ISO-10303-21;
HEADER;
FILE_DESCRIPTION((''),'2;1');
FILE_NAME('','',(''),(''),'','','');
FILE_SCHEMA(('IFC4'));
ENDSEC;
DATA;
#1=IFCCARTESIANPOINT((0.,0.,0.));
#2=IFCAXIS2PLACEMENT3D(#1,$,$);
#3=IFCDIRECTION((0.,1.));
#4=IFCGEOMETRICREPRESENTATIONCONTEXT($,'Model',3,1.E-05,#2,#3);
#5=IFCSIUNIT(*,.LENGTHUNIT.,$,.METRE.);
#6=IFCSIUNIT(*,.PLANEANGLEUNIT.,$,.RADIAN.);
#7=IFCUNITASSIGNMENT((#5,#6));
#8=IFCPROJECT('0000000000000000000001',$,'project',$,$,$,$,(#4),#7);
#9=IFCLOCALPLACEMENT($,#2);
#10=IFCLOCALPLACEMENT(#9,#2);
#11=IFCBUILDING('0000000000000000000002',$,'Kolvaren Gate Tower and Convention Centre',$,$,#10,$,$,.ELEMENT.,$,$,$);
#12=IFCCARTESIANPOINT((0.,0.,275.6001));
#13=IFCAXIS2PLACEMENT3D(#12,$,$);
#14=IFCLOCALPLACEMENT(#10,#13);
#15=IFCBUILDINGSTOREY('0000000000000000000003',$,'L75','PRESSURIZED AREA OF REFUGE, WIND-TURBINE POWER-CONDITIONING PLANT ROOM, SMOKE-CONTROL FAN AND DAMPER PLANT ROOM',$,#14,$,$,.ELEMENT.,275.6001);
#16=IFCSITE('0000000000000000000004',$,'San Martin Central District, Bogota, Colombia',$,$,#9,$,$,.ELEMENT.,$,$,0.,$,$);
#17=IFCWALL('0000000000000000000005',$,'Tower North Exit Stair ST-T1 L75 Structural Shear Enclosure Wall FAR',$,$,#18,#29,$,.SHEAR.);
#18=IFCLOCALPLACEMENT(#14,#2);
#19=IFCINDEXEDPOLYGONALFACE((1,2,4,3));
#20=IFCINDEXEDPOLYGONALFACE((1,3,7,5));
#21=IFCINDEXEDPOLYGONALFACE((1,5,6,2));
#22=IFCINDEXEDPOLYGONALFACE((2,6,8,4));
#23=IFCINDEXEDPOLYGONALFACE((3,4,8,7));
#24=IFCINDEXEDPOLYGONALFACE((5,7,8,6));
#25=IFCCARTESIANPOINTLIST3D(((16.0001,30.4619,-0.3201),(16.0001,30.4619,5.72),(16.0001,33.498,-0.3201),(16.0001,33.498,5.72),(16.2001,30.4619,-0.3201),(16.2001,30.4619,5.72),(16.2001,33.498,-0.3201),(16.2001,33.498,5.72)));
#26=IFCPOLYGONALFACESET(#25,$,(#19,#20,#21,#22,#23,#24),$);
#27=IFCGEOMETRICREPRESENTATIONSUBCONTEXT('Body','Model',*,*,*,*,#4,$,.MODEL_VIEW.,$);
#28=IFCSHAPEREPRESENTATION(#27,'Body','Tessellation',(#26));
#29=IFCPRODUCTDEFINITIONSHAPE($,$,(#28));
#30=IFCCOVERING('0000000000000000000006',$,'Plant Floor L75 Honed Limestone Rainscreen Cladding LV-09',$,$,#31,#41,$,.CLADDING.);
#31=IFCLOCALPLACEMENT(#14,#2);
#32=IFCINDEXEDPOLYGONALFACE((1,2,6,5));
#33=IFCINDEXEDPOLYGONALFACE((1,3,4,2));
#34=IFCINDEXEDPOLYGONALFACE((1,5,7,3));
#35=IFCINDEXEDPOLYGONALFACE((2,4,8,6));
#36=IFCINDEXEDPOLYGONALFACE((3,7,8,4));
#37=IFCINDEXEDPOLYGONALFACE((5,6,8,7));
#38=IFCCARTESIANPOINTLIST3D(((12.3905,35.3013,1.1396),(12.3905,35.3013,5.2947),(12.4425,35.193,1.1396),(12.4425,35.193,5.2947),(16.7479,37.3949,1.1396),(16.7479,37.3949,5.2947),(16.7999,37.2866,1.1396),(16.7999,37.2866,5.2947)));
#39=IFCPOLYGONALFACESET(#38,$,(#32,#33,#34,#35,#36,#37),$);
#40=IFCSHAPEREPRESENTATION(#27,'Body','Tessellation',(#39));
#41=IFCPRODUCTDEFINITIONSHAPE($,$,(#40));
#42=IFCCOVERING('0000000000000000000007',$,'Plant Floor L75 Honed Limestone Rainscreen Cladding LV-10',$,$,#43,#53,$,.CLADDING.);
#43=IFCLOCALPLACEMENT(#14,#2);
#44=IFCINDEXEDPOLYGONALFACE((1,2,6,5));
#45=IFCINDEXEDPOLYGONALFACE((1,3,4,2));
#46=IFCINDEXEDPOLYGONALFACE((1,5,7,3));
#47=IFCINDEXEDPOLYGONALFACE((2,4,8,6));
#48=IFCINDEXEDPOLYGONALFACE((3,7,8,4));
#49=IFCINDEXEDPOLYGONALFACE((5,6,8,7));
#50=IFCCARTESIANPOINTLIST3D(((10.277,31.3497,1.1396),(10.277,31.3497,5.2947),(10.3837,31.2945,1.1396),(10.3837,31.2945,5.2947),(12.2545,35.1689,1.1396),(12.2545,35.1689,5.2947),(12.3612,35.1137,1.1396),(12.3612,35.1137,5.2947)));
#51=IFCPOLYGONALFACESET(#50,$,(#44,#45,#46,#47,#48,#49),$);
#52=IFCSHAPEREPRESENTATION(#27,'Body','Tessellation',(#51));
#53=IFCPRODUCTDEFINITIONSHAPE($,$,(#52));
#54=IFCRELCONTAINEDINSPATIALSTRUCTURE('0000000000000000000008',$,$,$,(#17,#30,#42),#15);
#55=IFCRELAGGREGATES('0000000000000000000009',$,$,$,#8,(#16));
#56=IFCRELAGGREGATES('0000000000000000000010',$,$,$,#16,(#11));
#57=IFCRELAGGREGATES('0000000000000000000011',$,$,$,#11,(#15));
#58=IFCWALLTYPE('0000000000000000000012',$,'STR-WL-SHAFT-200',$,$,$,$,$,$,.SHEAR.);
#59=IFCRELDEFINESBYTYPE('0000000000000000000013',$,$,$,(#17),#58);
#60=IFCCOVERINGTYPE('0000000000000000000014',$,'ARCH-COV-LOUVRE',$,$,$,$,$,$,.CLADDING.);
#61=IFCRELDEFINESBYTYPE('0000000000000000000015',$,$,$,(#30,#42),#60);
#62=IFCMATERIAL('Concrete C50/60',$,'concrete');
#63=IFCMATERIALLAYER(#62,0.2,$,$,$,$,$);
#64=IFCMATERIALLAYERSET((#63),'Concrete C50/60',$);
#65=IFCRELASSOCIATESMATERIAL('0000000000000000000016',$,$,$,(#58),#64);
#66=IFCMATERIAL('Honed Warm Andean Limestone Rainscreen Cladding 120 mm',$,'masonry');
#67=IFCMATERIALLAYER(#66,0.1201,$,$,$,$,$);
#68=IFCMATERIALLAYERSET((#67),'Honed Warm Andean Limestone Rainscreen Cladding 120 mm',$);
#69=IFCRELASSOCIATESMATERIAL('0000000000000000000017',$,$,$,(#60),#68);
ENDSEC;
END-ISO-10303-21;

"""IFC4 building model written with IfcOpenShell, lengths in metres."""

from ifc_helpers import new_model, si_unit, direction, frame, frame_2d, origin, origin_2d, place, context, subcontext, project, spatial, rectangle, extrude, material, layer, layer_set, type_object, element, save


model = new_model("IFC4")

# Units and contexts
model_context = context("Model", 3, precision=1e-05, world=origin(), true_north=direction((0.0, 1.0)))
body_context = subcontext(model_context, "Body", "Model", "MODEL_VIEW")
ifc_project = project(units=[si_unit("LENGTHUNIT", "METRE"), si_unit("PLANEANGLEUNIT", "RADIAN")], contexts=[model_context])

# Site, building, storey
site_placement = place(None, origin())
site = spatial("IfcSite", under=ifc_project, at=site_placement, Name="San Martin Central District, Bogota, Colombia", CompositionType="ELEMENT", RefElevation=0.0)
building_placement = place(site_placement, origin())
building = spatial("IfcBuilding", under=site, at=building_placement, Name="Kolvaren Gate Tower and Convention Centre", CompositionType="ELEMENT")
storey_placement = place(building_placement, frame((0.0, 0.0, 275.6001)))
storey = spatial("IfcBuildingStorey", under=building, at=storey_placement, Name="L75", Description="PRESSURIZED AREA OF REFUGE, WIND-TURBINE POWER-CONDITIONING PLANT ROOM, SMOKE-CONTROL FAN AND DAMPER PLANT ROOM", CompositionType="ELEMENT", Elevation=275.6001)

# Wall
ifc_material_1 = material(Name="Concrete C50/60", Category="concrete")
ifc_layer_1 = layer(ifc_material_1, 0.2)
ifc_layer_set_1 = layer_set([ifc_layer_1], Name="Concrete C50/60")
wall_type_1 = type_object("IfcWallType", Name="STR-WL-SHAFT-200", PredefinedType="SHEAR", material=ifc_layer_set_1)
wall_1_placement = place(storey_placement, frame((16.1001, 30.4619, -0.3201), z_axis=(0.0, 0.0, 1.0), x_axis=(0.0, 1.0, 0.0)))
element("IfcWall", 1, at=wall_1_placement, inside=storey, type_object=wall_type_1, Name="Tower North Exit Stair ST-T1 L75 Structural Shear Enclosure Wall FAR", PredefinedType="SHEAR", context=body_context, shape_type="SweptSolid", body=[
    extrude(rectangle(XDim=3.0361, YDim=0.2, at=frame_2d((1.5181, 0.0))), origin(), (0.0, 0.0, 1.0), 6.04),
])

# Coverings
ifc_material_2 = material(Name="Honed Warm Andean Limestone Rainscreen Cladding 120 mm", Category="masonry")
ifc_layer_2 = layer(ifc_material_2, 0.1201)
ifc_layer_set_2 = layer_set([ifc_layer_2], Name="Honed Warm Andean Limestone Rainscreen Cladding 120 mm")
covering_type = type_object("IfcCoveringType", Name="ARCH-COV-LOUVRE", PredefinedType="CLADDING", material=ifc_layer_set_2)
covering_1_placement = place(storey_placement, frame((14.5952, 36.2939, 1.1396), z_axis=(0.0, 0.0, 1.0), x_axis=(0.901356, 0.433079, 0.0)))
element("IfcCovering", 2, at=covering_1_placement, inside=storey, type_object=covering_type, Name="Plant Floor L75 Honed Limestone Rainscreen Cladding LV-09", PredefinedType="CLADDING", context=body_context, shape_type="SweptSolid", body=[
    extrude(rectangle(XDim=4.8342, YDim=0.1201, at=origin_2d()), origin(), (0.0, 0.0, 1.0), 4.155),
])
covering_2_placement = place(storey_placement, frame((11.3191, 33.2317, 1.1396), z_axis=(0.0, 0.0, 1.0), x_axis=(0.459794, 0.888026, 0.0)))
element("IfcCovering", 3, at=covering_2_placement, inside=storey, type_object=covering_type, Name="Plant Floor L75 Honed Limestone Rainscreen Cladding LV-10", PredefinedType="CLADDING", context=body_context, shape_type="SweptSolid", body=[
    extrude(rectangle(XDim=4.3008, YDim=0.1201, at=origin_2d()), origin(), (0.0, 0.0, 1.0), 4.155),
])

save(model, "model.ifc")
